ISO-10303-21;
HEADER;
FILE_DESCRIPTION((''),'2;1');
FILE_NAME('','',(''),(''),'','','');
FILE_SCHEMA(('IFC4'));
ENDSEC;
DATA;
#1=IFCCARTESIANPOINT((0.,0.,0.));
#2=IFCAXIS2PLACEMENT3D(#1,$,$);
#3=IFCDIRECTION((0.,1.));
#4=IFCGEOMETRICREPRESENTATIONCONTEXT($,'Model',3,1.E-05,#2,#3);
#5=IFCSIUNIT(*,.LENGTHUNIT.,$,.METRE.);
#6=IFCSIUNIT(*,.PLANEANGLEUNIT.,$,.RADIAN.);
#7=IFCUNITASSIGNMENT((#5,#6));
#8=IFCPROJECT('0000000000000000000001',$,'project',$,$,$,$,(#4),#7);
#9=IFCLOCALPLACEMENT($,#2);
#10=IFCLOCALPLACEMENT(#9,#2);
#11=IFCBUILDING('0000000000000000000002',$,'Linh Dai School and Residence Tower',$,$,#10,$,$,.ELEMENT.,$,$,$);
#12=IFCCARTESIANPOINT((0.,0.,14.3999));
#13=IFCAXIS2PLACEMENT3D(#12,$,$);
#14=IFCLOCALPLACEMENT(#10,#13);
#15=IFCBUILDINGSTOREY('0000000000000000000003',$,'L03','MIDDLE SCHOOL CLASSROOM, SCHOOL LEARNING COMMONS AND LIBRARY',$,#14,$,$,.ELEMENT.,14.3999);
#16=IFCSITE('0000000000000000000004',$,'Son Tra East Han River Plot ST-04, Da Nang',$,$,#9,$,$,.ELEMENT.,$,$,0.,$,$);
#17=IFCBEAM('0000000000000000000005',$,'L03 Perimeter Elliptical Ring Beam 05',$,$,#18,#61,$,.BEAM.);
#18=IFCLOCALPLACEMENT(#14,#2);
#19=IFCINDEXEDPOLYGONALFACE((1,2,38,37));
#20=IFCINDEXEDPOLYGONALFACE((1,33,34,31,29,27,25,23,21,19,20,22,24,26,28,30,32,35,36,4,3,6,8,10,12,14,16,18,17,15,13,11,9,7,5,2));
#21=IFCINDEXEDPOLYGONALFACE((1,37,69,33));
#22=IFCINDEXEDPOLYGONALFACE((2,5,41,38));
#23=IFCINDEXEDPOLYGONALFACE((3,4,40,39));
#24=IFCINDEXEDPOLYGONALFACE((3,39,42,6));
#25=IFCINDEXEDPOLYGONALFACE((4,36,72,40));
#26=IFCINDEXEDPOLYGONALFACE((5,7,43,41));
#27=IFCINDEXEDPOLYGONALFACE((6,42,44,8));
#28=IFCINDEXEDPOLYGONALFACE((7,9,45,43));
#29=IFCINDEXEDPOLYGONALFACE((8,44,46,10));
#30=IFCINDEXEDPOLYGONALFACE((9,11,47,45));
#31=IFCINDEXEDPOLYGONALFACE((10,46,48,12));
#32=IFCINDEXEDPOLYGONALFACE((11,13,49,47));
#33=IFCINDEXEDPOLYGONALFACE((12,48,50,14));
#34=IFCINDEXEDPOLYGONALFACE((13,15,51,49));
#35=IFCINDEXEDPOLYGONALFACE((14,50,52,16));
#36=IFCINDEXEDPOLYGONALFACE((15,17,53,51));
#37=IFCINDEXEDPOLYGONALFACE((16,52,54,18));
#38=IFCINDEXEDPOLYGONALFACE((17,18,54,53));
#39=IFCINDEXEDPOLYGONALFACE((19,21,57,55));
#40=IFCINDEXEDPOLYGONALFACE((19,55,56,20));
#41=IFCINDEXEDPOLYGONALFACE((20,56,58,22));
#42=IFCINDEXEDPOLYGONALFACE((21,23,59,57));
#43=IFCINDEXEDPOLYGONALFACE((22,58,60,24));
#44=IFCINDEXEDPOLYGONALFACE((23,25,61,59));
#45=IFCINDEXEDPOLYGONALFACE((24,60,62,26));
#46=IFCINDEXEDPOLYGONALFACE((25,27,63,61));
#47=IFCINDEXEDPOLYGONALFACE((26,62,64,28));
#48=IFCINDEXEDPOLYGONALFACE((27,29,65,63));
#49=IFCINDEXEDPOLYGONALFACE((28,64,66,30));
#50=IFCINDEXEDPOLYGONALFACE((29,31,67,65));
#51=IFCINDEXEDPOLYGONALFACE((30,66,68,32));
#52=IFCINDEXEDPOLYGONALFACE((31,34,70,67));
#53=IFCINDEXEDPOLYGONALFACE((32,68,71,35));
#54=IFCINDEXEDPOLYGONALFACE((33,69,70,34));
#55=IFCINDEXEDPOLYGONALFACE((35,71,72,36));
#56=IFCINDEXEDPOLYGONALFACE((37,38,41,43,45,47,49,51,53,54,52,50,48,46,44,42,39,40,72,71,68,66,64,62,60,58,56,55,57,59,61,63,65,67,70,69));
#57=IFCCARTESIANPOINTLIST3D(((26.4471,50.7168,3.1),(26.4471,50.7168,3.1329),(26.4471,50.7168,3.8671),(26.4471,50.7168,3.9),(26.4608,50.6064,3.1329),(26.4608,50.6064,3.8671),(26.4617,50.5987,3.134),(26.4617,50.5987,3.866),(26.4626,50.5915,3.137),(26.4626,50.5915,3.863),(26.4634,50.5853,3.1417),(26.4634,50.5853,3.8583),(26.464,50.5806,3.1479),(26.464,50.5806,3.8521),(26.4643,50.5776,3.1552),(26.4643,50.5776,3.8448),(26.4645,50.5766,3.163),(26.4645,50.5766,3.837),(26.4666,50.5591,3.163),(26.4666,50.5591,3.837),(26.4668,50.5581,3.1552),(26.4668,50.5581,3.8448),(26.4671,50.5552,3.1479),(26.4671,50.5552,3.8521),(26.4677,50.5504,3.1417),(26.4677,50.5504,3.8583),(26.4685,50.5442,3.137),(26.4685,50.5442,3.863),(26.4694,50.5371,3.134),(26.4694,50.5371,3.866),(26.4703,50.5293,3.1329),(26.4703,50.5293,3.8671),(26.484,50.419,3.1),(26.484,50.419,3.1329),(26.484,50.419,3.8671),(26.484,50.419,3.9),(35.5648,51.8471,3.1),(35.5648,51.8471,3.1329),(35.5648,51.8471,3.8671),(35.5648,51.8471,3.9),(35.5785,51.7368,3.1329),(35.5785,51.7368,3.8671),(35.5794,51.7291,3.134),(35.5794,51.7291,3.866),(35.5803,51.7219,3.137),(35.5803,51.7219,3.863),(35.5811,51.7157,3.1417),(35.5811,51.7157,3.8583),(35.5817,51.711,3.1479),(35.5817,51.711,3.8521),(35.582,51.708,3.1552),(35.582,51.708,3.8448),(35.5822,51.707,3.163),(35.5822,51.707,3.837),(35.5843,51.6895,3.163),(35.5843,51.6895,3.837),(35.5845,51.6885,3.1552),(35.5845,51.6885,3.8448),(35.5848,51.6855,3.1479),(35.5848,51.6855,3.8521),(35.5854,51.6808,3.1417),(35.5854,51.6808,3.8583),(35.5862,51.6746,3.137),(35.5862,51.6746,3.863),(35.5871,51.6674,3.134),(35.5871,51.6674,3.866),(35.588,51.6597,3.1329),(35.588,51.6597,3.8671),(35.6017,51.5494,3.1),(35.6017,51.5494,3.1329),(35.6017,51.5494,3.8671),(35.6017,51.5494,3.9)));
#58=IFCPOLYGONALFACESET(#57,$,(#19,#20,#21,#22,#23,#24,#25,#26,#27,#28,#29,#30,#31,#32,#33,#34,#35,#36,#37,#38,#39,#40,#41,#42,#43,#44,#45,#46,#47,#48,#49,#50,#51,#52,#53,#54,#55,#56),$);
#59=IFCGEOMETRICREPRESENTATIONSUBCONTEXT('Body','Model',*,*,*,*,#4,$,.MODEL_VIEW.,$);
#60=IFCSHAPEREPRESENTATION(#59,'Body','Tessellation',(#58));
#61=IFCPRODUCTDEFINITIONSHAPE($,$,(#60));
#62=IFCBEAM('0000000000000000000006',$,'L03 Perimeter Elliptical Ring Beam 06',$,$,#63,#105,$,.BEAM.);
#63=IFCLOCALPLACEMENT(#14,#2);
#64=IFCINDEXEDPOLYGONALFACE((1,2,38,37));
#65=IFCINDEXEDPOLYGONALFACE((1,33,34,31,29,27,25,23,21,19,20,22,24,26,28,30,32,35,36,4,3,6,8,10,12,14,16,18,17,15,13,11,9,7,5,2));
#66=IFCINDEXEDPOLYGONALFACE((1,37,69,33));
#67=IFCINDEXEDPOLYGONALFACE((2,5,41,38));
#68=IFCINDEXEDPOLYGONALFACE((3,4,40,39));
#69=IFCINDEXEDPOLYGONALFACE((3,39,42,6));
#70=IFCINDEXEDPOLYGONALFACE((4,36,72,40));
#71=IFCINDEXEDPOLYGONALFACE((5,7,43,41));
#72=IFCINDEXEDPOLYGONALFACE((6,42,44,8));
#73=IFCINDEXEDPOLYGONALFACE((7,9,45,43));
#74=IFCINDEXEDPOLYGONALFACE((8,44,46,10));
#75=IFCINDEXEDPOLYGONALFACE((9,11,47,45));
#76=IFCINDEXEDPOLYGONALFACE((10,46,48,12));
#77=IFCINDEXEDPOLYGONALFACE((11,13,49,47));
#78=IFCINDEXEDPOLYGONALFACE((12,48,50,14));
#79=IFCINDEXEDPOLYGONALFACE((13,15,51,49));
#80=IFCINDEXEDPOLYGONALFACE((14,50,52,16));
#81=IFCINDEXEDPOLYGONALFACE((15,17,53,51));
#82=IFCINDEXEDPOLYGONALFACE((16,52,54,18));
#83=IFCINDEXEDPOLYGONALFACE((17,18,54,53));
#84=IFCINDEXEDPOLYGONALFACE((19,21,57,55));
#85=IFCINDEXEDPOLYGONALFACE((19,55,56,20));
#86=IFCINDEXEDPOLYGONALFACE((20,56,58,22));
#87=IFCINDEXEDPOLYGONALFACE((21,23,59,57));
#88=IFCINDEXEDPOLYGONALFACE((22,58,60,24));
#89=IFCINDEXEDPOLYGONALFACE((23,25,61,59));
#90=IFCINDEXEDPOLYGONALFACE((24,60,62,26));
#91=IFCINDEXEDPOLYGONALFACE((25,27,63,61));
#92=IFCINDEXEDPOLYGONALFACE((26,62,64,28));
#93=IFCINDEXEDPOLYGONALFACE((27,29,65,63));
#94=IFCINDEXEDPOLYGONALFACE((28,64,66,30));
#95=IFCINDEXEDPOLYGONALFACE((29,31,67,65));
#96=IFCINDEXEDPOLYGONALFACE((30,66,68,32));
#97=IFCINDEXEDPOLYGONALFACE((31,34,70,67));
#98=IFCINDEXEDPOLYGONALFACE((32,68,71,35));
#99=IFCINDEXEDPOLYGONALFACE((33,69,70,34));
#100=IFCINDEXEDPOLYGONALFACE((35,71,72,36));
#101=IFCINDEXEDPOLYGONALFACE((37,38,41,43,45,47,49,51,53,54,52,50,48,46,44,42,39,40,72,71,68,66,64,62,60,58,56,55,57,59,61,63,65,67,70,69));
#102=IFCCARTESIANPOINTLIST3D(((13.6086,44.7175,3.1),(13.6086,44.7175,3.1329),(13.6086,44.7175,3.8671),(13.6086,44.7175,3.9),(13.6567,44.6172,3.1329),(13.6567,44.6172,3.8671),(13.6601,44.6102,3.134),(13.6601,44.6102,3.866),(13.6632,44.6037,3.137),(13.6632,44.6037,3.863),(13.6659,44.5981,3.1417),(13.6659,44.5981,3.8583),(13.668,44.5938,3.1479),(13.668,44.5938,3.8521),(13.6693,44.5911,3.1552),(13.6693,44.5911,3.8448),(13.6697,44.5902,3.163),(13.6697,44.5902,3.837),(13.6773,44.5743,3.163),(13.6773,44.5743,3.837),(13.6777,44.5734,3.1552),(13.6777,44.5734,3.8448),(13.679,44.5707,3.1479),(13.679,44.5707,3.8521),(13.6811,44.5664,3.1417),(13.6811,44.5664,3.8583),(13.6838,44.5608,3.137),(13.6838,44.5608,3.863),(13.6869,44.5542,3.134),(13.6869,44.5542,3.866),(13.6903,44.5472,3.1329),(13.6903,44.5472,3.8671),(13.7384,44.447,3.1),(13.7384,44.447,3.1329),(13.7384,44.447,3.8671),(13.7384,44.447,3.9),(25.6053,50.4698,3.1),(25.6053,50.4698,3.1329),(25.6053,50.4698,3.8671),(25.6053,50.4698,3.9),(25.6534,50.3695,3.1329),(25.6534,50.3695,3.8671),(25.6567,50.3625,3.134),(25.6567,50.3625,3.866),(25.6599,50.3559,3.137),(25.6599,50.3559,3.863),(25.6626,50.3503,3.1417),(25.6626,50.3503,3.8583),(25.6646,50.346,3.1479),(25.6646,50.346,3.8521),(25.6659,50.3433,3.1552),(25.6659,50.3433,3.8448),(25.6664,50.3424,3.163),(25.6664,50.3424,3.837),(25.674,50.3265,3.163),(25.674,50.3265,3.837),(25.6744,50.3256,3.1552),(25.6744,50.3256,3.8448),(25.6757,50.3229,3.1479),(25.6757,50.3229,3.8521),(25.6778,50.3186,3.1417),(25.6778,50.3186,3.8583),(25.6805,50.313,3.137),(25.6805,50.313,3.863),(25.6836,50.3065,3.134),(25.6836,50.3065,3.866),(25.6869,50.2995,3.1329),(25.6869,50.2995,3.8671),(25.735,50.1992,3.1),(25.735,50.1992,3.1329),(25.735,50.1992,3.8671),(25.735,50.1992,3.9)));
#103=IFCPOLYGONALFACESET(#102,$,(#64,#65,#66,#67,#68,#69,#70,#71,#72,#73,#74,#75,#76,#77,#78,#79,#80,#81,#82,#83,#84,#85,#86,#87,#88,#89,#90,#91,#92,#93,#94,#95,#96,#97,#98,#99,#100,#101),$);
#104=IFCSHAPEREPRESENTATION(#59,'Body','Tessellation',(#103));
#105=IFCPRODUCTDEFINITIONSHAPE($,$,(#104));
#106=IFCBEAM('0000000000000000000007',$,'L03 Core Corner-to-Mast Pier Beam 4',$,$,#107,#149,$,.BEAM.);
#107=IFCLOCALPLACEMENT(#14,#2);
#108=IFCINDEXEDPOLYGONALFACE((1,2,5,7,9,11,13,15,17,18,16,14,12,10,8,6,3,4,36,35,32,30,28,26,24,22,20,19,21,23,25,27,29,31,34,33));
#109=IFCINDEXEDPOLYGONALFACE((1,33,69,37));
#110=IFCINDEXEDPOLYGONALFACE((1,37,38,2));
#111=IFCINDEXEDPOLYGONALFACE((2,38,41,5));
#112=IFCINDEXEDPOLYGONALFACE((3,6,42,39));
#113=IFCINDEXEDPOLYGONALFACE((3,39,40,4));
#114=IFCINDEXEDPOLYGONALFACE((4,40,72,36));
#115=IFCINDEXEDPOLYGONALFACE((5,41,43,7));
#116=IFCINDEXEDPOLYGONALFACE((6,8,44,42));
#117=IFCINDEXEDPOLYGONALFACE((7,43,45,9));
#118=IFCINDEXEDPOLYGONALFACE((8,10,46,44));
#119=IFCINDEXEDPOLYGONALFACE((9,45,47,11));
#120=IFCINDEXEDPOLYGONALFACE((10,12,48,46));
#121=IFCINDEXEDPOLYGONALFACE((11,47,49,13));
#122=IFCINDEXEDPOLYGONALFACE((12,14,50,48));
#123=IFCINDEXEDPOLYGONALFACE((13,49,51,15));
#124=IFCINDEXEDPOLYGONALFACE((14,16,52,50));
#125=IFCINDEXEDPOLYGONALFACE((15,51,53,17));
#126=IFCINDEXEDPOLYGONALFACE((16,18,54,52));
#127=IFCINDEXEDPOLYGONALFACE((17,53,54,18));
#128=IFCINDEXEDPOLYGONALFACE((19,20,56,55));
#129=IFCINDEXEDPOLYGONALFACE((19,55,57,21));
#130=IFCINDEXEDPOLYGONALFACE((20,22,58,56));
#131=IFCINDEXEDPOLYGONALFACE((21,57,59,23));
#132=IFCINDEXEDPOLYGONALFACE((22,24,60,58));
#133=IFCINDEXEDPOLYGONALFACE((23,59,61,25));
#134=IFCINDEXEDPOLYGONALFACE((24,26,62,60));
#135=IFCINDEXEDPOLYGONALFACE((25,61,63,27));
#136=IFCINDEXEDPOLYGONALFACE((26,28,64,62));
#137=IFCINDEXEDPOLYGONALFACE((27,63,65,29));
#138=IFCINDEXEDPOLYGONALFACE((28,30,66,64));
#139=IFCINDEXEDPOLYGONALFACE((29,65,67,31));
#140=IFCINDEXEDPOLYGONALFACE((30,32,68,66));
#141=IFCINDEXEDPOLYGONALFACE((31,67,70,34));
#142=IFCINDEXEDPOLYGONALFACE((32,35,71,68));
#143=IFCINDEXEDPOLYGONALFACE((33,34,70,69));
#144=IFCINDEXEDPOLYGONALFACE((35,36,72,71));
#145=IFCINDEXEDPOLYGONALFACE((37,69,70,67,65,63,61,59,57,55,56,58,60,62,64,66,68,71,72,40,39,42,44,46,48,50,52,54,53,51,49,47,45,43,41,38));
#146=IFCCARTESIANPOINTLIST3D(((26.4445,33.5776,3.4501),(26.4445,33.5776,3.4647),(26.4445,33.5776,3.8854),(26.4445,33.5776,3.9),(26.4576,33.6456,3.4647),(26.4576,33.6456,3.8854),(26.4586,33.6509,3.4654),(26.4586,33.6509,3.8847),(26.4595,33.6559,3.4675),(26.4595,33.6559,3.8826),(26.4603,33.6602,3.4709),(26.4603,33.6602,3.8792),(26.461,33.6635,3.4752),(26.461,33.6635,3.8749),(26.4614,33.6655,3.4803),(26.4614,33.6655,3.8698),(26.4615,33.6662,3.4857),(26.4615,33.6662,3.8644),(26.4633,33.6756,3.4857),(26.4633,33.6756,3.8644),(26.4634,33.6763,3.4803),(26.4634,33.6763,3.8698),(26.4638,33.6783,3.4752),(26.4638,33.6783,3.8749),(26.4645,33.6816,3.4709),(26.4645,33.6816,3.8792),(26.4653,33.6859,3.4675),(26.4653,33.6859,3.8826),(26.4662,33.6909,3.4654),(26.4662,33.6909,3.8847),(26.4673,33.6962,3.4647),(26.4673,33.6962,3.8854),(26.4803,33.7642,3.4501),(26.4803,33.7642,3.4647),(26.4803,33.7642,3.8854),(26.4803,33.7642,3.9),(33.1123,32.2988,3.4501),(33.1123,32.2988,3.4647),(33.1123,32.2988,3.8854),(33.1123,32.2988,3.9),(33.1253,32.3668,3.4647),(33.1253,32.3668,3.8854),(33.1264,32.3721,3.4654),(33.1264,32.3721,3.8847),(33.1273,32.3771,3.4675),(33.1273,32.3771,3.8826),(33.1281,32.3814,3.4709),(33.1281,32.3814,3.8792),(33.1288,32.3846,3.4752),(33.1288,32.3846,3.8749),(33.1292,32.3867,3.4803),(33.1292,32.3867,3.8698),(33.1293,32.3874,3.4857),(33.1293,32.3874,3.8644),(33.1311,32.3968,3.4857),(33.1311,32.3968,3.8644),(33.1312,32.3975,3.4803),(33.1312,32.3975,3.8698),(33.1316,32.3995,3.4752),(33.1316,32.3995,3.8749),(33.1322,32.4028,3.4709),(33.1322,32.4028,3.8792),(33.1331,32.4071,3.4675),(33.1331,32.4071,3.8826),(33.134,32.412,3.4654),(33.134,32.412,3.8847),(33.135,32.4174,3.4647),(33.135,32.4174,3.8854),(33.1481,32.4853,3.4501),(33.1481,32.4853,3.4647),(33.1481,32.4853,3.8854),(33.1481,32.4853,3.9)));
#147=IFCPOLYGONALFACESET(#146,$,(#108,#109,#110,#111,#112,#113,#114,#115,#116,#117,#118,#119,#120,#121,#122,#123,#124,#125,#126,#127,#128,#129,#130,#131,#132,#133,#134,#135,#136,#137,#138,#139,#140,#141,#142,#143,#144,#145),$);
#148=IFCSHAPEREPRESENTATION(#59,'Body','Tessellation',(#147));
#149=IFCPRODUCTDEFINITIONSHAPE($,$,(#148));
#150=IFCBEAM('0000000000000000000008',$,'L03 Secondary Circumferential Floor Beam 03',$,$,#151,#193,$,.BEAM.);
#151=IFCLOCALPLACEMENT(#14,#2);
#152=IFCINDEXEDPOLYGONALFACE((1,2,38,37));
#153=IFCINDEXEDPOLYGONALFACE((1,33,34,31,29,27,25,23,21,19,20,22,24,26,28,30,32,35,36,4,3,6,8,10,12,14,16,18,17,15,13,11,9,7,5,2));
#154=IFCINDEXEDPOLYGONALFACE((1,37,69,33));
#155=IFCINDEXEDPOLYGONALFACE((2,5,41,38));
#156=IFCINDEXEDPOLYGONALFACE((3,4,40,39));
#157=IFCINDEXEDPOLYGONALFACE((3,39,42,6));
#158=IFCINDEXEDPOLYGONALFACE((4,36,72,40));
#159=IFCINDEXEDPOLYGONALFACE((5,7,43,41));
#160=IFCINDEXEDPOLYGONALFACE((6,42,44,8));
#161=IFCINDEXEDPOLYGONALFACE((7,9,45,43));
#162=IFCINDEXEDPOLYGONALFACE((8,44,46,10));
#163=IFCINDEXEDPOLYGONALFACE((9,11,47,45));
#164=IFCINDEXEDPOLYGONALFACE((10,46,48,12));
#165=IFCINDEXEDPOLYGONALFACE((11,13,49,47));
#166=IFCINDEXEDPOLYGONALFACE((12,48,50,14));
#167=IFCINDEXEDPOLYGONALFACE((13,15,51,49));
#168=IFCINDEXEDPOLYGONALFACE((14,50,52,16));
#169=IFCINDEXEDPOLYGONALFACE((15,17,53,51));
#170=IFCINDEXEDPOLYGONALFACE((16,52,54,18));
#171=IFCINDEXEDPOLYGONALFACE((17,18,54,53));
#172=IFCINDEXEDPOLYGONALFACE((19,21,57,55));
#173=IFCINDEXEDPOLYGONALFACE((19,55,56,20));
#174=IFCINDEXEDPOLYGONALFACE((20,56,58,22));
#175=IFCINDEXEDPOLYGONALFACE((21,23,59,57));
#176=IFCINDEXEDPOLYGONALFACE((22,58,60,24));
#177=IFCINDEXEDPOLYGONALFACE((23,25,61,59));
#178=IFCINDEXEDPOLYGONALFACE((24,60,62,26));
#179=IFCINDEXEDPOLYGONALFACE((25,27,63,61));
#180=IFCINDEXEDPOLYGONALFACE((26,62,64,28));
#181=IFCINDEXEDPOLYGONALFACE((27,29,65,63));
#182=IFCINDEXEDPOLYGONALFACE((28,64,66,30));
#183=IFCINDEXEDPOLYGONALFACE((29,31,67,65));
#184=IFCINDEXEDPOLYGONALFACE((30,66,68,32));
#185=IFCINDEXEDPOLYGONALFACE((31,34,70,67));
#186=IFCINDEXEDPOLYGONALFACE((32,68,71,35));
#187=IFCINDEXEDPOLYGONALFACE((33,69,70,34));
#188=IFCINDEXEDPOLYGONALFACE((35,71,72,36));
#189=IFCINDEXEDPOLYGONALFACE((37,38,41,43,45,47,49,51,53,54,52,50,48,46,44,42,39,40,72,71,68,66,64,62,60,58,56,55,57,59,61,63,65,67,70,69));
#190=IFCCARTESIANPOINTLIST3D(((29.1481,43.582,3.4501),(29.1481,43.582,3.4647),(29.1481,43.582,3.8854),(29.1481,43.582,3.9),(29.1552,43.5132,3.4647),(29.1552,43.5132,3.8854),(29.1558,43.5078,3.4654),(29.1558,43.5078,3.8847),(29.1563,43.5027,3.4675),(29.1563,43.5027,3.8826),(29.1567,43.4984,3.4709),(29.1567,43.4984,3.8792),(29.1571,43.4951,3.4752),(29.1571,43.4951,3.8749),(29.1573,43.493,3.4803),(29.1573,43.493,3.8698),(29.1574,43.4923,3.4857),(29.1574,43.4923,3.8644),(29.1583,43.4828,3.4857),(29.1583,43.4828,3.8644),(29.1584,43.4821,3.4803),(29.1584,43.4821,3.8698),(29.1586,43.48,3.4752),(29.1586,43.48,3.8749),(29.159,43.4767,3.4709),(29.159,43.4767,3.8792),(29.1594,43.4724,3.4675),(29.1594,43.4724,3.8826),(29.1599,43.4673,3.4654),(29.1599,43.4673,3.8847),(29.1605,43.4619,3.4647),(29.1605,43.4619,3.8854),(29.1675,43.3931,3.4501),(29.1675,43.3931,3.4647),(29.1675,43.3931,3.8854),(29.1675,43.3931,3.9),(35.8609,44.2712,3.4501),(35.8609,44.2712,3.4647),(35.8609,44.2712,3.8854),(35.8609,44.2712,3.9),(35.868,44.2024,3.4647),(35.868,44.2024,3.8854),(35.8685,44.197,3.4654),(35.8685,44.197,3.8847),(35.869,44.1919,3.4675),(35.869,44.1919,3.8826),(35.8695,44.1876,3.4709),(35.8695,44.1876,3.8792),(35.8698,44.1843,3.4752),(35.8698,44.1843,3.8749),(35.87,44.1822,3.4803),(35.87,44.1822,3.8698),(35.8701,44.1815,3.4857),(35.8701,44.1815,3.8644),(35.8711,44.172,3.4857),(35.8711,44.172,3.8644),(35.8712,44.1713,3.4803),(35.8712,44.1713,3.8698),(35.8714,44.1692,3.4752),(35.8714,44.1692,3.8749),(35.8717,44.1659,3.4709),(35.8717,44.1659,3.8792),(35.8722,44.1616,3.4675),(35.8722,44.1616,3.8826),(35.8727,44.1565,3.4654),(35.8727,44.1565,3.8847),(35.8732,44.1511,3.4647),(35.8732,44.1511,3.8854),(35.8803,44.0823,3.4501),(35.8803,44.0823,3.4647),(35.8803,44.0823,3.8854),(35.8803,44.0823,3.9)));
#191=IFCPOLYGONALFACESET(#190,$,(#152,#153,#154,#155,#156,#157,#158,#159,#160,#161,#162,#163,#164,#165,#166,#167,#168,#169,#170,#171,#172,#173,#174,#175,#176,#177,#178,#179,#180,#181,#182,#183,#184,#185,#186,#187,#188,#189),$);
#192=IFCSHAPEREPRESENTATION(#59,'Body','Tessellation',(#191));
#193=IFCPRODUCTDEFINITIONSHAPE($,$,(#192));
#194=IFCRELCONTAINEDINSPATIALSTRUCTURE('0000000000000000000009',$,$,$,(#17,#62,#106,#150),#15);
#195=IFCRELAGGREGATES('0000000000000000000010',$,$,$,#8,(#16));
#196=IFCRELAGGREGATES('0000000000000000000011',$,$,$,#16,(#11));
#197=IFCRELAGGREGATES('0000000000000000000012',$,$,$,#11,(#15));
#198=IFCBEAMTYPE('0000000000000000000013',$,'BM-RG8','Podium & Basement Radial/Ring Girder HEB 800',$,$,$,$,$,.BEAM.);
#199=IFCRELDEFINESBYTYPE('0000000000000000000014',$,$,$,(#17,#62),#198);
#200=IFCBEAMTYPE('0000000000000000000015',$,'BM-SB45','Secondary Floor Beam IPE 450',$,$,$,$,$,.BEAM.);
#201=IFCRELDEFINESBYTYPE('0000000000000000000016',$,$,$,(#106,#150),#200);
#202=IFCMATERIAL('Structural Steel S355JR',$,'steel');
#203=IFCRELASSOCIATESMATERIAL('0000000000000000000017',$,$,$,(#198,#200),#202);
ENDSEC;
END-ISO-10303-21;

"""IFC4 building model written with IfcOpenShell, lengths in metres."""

from ifc_helpers import new_model, si_unit, direction, frame, origin, origin_2d, place, context, subcontext, project, spatial, i_section, extrude, material, material_profile, profile_set, type_object, element, save


model = new_model("IFC4")

# Units and contexts
model_context = context("Model", 3, precision=1e-05, world=origin(), true_north=direction((0.0, 1.0)))
body_context = subcontext(model_context, "Body", "Model", "MODEL_VIEW")
ifc_project = project(units=[si_unit("LENGTHUNIT", "METRE"), si_unit("PLANEANGLEUNIT", "RADIAN")], contexts=[model_context])

# Site, building, storey
site_placement = place(None, origin())
site = spatial("IfcSite", under=ifc_project, at=site_placement, Name="Son Tra East Han River Plot ST-04, Da Nang", CompositionType="ELEMENT", RefElevation=0.0)
building_placement = place(site_placement, origin())
building = spatial("IfcBuilding", under=site, at=building_placement, Name="Linh Dai School and Residence Tower", CompositionType="ELEMENT")
storey_placement = place(building_placement, frame((0.0, 0.0, 14.3999)))
storey = spatial("IfcBuildingStorey", under=building, at=storey_placement, Name="L03", Description="MIDDLE SCHOOL CLASSROOM, SCHOOL LEARNING COMMONS AND LIBRARY", CompositionType="ELEMENT", Elevation=14.3999)

# Shared definitions
ifc_material_1 = material(Name="Structural Steel S355JR", Category="steel")

# Beams
ifc_material_profile_1 = material_profile(ifc_material_1, i_section(OverallWidth=0.3, OverallDepth=0.8, WebThickness=0.0176, FlangeThickness=0.033, FilletRadius=0.03, at=origin_2d()), Name="HEB 800")
ifc_profile_set_1 = profile_set([ifc_material_profile_1], Name="Structural Steel S355JR")
beam_type_1 = type_object("IfcBeamType", Name="BM-RG8", Description="Podium & Basement Radial/Ring Girder HEB 800", PredefinedType="BEAM", material=ifc_profile_set_1)
beam_1_placement = place(storey_placement, frame((35.5833, 51.6982, 3.5), z_axis=(-0.992402, -0.123034, 0.0), x_axis=(0.123034, -0.992402, 0.0)))
element("IfcBeam", 1, at=beam_1_placement, inside=storey, type_object=beam_type_1, Name="L03 Perimeter Elliptical Ring Beam 05", PredefinedType="BEAM", context=body_context, shape_type="SweptSolid", body=[
    extrude(i_section(OverallWidth=0.3, OverallDepth=0.8, WebThickness=0.0176, FlangeThickness=0.033, FilletRadius=0.03, at=origin_2d()), origin(), (0.0, 0.0, 1.0), 9.1875),
])
beam_2_placement = place(storey_placement, frame((25.6702, 50.3345, 3.5), z_axis=(-0.901704, -0.432355, 0.0), x_axis=(0.432355, -0.901704, 0.0)))
element("IfcBeam", 2, at=beam_2_placement, inside=storey, type_object=beam_type_1, Name="L03 Perimeter Elliptical Ring Beam 06", PredefinedType="BEAM", context=body_context, shape_type="SweptSolid", body=[
    extrude(i_section(OverallWidth=0.3, OverallDepth=0.8, WebThickness=0.0176, FlangeThickness=0.033, FilletRadius=0.03, at=origin_2d()), origin(), (0.0, 0.0, 1.0), 13.3044),
])
ifc_material_profile_2 = material_profile(ifc_material_1, i_section(OverallWidth=0.1899, OverallDepth=0.45, WebThickness=0.0095, FlangeThickness=0.0146, FilletRadius=0.021, at=origin_2d()), Name="IPE 450")
ifc_profile_set_2 = profile_set([ifc_material_profile_2], Name="Structural Steel S355JR")
beam_type_2 = type_object("IfcBeamType", Name="BM-SB45", Description="Secondary Floor Beam IPE 450", PredefinedType="BEAM", material=ifc_profile_set_2)
beam_3_placement = place(storey_placement, frame((26.4624, 33.6709, 3.675), z_axis=(0.9821, -0.188358, 0.0), x_axis=(0.188358, 0.9821, 0.0)))
element("IfcBeam", 3, at=beam_3_placement, inside=storey, type_object=beam_type_2, Name="L03 Core Corner-to-Mast Pier Beam 4", PredefinedType="BEAM", context=body_context, shape_type="SweptSolid", body=[
    extrude(i_section(OverallWidth=0.1899, OverallDepth=0.45, WebThickness=0.0095, FlangeThickness=0.0146, FilletRadius=0.021, at=origin_2d()), origin(), (0.0, 0.0, 1.0), 6.7893),
])
beam_4_placement = place(storey_placement, frame((35.8706, 44.1768, 3.675), z_axis=(-0.99477, -0.102136, 0.0), x_axis=(0.102136, -0.99477, 0.0)))
element("IfcBeam", 4, at=beam_4_placement, inside=storey, type_object=beam_type_2, Name="L03 Secondary Circumferential Floor Beam 03", PredefinedType="BEAM", context=body_context, shape_type="SweptSolid", body=[
    extrude(i_section(OverallWidth=0.1899, OverallDepth=0.45, WebThickness=0.0095, FlangeThickness=0.0146, FilletRadius=0.021, at=origin_2d()), origin(), (0.0, 0.0, 1.0), 6.748),
])

save(model, "model.ifc")
